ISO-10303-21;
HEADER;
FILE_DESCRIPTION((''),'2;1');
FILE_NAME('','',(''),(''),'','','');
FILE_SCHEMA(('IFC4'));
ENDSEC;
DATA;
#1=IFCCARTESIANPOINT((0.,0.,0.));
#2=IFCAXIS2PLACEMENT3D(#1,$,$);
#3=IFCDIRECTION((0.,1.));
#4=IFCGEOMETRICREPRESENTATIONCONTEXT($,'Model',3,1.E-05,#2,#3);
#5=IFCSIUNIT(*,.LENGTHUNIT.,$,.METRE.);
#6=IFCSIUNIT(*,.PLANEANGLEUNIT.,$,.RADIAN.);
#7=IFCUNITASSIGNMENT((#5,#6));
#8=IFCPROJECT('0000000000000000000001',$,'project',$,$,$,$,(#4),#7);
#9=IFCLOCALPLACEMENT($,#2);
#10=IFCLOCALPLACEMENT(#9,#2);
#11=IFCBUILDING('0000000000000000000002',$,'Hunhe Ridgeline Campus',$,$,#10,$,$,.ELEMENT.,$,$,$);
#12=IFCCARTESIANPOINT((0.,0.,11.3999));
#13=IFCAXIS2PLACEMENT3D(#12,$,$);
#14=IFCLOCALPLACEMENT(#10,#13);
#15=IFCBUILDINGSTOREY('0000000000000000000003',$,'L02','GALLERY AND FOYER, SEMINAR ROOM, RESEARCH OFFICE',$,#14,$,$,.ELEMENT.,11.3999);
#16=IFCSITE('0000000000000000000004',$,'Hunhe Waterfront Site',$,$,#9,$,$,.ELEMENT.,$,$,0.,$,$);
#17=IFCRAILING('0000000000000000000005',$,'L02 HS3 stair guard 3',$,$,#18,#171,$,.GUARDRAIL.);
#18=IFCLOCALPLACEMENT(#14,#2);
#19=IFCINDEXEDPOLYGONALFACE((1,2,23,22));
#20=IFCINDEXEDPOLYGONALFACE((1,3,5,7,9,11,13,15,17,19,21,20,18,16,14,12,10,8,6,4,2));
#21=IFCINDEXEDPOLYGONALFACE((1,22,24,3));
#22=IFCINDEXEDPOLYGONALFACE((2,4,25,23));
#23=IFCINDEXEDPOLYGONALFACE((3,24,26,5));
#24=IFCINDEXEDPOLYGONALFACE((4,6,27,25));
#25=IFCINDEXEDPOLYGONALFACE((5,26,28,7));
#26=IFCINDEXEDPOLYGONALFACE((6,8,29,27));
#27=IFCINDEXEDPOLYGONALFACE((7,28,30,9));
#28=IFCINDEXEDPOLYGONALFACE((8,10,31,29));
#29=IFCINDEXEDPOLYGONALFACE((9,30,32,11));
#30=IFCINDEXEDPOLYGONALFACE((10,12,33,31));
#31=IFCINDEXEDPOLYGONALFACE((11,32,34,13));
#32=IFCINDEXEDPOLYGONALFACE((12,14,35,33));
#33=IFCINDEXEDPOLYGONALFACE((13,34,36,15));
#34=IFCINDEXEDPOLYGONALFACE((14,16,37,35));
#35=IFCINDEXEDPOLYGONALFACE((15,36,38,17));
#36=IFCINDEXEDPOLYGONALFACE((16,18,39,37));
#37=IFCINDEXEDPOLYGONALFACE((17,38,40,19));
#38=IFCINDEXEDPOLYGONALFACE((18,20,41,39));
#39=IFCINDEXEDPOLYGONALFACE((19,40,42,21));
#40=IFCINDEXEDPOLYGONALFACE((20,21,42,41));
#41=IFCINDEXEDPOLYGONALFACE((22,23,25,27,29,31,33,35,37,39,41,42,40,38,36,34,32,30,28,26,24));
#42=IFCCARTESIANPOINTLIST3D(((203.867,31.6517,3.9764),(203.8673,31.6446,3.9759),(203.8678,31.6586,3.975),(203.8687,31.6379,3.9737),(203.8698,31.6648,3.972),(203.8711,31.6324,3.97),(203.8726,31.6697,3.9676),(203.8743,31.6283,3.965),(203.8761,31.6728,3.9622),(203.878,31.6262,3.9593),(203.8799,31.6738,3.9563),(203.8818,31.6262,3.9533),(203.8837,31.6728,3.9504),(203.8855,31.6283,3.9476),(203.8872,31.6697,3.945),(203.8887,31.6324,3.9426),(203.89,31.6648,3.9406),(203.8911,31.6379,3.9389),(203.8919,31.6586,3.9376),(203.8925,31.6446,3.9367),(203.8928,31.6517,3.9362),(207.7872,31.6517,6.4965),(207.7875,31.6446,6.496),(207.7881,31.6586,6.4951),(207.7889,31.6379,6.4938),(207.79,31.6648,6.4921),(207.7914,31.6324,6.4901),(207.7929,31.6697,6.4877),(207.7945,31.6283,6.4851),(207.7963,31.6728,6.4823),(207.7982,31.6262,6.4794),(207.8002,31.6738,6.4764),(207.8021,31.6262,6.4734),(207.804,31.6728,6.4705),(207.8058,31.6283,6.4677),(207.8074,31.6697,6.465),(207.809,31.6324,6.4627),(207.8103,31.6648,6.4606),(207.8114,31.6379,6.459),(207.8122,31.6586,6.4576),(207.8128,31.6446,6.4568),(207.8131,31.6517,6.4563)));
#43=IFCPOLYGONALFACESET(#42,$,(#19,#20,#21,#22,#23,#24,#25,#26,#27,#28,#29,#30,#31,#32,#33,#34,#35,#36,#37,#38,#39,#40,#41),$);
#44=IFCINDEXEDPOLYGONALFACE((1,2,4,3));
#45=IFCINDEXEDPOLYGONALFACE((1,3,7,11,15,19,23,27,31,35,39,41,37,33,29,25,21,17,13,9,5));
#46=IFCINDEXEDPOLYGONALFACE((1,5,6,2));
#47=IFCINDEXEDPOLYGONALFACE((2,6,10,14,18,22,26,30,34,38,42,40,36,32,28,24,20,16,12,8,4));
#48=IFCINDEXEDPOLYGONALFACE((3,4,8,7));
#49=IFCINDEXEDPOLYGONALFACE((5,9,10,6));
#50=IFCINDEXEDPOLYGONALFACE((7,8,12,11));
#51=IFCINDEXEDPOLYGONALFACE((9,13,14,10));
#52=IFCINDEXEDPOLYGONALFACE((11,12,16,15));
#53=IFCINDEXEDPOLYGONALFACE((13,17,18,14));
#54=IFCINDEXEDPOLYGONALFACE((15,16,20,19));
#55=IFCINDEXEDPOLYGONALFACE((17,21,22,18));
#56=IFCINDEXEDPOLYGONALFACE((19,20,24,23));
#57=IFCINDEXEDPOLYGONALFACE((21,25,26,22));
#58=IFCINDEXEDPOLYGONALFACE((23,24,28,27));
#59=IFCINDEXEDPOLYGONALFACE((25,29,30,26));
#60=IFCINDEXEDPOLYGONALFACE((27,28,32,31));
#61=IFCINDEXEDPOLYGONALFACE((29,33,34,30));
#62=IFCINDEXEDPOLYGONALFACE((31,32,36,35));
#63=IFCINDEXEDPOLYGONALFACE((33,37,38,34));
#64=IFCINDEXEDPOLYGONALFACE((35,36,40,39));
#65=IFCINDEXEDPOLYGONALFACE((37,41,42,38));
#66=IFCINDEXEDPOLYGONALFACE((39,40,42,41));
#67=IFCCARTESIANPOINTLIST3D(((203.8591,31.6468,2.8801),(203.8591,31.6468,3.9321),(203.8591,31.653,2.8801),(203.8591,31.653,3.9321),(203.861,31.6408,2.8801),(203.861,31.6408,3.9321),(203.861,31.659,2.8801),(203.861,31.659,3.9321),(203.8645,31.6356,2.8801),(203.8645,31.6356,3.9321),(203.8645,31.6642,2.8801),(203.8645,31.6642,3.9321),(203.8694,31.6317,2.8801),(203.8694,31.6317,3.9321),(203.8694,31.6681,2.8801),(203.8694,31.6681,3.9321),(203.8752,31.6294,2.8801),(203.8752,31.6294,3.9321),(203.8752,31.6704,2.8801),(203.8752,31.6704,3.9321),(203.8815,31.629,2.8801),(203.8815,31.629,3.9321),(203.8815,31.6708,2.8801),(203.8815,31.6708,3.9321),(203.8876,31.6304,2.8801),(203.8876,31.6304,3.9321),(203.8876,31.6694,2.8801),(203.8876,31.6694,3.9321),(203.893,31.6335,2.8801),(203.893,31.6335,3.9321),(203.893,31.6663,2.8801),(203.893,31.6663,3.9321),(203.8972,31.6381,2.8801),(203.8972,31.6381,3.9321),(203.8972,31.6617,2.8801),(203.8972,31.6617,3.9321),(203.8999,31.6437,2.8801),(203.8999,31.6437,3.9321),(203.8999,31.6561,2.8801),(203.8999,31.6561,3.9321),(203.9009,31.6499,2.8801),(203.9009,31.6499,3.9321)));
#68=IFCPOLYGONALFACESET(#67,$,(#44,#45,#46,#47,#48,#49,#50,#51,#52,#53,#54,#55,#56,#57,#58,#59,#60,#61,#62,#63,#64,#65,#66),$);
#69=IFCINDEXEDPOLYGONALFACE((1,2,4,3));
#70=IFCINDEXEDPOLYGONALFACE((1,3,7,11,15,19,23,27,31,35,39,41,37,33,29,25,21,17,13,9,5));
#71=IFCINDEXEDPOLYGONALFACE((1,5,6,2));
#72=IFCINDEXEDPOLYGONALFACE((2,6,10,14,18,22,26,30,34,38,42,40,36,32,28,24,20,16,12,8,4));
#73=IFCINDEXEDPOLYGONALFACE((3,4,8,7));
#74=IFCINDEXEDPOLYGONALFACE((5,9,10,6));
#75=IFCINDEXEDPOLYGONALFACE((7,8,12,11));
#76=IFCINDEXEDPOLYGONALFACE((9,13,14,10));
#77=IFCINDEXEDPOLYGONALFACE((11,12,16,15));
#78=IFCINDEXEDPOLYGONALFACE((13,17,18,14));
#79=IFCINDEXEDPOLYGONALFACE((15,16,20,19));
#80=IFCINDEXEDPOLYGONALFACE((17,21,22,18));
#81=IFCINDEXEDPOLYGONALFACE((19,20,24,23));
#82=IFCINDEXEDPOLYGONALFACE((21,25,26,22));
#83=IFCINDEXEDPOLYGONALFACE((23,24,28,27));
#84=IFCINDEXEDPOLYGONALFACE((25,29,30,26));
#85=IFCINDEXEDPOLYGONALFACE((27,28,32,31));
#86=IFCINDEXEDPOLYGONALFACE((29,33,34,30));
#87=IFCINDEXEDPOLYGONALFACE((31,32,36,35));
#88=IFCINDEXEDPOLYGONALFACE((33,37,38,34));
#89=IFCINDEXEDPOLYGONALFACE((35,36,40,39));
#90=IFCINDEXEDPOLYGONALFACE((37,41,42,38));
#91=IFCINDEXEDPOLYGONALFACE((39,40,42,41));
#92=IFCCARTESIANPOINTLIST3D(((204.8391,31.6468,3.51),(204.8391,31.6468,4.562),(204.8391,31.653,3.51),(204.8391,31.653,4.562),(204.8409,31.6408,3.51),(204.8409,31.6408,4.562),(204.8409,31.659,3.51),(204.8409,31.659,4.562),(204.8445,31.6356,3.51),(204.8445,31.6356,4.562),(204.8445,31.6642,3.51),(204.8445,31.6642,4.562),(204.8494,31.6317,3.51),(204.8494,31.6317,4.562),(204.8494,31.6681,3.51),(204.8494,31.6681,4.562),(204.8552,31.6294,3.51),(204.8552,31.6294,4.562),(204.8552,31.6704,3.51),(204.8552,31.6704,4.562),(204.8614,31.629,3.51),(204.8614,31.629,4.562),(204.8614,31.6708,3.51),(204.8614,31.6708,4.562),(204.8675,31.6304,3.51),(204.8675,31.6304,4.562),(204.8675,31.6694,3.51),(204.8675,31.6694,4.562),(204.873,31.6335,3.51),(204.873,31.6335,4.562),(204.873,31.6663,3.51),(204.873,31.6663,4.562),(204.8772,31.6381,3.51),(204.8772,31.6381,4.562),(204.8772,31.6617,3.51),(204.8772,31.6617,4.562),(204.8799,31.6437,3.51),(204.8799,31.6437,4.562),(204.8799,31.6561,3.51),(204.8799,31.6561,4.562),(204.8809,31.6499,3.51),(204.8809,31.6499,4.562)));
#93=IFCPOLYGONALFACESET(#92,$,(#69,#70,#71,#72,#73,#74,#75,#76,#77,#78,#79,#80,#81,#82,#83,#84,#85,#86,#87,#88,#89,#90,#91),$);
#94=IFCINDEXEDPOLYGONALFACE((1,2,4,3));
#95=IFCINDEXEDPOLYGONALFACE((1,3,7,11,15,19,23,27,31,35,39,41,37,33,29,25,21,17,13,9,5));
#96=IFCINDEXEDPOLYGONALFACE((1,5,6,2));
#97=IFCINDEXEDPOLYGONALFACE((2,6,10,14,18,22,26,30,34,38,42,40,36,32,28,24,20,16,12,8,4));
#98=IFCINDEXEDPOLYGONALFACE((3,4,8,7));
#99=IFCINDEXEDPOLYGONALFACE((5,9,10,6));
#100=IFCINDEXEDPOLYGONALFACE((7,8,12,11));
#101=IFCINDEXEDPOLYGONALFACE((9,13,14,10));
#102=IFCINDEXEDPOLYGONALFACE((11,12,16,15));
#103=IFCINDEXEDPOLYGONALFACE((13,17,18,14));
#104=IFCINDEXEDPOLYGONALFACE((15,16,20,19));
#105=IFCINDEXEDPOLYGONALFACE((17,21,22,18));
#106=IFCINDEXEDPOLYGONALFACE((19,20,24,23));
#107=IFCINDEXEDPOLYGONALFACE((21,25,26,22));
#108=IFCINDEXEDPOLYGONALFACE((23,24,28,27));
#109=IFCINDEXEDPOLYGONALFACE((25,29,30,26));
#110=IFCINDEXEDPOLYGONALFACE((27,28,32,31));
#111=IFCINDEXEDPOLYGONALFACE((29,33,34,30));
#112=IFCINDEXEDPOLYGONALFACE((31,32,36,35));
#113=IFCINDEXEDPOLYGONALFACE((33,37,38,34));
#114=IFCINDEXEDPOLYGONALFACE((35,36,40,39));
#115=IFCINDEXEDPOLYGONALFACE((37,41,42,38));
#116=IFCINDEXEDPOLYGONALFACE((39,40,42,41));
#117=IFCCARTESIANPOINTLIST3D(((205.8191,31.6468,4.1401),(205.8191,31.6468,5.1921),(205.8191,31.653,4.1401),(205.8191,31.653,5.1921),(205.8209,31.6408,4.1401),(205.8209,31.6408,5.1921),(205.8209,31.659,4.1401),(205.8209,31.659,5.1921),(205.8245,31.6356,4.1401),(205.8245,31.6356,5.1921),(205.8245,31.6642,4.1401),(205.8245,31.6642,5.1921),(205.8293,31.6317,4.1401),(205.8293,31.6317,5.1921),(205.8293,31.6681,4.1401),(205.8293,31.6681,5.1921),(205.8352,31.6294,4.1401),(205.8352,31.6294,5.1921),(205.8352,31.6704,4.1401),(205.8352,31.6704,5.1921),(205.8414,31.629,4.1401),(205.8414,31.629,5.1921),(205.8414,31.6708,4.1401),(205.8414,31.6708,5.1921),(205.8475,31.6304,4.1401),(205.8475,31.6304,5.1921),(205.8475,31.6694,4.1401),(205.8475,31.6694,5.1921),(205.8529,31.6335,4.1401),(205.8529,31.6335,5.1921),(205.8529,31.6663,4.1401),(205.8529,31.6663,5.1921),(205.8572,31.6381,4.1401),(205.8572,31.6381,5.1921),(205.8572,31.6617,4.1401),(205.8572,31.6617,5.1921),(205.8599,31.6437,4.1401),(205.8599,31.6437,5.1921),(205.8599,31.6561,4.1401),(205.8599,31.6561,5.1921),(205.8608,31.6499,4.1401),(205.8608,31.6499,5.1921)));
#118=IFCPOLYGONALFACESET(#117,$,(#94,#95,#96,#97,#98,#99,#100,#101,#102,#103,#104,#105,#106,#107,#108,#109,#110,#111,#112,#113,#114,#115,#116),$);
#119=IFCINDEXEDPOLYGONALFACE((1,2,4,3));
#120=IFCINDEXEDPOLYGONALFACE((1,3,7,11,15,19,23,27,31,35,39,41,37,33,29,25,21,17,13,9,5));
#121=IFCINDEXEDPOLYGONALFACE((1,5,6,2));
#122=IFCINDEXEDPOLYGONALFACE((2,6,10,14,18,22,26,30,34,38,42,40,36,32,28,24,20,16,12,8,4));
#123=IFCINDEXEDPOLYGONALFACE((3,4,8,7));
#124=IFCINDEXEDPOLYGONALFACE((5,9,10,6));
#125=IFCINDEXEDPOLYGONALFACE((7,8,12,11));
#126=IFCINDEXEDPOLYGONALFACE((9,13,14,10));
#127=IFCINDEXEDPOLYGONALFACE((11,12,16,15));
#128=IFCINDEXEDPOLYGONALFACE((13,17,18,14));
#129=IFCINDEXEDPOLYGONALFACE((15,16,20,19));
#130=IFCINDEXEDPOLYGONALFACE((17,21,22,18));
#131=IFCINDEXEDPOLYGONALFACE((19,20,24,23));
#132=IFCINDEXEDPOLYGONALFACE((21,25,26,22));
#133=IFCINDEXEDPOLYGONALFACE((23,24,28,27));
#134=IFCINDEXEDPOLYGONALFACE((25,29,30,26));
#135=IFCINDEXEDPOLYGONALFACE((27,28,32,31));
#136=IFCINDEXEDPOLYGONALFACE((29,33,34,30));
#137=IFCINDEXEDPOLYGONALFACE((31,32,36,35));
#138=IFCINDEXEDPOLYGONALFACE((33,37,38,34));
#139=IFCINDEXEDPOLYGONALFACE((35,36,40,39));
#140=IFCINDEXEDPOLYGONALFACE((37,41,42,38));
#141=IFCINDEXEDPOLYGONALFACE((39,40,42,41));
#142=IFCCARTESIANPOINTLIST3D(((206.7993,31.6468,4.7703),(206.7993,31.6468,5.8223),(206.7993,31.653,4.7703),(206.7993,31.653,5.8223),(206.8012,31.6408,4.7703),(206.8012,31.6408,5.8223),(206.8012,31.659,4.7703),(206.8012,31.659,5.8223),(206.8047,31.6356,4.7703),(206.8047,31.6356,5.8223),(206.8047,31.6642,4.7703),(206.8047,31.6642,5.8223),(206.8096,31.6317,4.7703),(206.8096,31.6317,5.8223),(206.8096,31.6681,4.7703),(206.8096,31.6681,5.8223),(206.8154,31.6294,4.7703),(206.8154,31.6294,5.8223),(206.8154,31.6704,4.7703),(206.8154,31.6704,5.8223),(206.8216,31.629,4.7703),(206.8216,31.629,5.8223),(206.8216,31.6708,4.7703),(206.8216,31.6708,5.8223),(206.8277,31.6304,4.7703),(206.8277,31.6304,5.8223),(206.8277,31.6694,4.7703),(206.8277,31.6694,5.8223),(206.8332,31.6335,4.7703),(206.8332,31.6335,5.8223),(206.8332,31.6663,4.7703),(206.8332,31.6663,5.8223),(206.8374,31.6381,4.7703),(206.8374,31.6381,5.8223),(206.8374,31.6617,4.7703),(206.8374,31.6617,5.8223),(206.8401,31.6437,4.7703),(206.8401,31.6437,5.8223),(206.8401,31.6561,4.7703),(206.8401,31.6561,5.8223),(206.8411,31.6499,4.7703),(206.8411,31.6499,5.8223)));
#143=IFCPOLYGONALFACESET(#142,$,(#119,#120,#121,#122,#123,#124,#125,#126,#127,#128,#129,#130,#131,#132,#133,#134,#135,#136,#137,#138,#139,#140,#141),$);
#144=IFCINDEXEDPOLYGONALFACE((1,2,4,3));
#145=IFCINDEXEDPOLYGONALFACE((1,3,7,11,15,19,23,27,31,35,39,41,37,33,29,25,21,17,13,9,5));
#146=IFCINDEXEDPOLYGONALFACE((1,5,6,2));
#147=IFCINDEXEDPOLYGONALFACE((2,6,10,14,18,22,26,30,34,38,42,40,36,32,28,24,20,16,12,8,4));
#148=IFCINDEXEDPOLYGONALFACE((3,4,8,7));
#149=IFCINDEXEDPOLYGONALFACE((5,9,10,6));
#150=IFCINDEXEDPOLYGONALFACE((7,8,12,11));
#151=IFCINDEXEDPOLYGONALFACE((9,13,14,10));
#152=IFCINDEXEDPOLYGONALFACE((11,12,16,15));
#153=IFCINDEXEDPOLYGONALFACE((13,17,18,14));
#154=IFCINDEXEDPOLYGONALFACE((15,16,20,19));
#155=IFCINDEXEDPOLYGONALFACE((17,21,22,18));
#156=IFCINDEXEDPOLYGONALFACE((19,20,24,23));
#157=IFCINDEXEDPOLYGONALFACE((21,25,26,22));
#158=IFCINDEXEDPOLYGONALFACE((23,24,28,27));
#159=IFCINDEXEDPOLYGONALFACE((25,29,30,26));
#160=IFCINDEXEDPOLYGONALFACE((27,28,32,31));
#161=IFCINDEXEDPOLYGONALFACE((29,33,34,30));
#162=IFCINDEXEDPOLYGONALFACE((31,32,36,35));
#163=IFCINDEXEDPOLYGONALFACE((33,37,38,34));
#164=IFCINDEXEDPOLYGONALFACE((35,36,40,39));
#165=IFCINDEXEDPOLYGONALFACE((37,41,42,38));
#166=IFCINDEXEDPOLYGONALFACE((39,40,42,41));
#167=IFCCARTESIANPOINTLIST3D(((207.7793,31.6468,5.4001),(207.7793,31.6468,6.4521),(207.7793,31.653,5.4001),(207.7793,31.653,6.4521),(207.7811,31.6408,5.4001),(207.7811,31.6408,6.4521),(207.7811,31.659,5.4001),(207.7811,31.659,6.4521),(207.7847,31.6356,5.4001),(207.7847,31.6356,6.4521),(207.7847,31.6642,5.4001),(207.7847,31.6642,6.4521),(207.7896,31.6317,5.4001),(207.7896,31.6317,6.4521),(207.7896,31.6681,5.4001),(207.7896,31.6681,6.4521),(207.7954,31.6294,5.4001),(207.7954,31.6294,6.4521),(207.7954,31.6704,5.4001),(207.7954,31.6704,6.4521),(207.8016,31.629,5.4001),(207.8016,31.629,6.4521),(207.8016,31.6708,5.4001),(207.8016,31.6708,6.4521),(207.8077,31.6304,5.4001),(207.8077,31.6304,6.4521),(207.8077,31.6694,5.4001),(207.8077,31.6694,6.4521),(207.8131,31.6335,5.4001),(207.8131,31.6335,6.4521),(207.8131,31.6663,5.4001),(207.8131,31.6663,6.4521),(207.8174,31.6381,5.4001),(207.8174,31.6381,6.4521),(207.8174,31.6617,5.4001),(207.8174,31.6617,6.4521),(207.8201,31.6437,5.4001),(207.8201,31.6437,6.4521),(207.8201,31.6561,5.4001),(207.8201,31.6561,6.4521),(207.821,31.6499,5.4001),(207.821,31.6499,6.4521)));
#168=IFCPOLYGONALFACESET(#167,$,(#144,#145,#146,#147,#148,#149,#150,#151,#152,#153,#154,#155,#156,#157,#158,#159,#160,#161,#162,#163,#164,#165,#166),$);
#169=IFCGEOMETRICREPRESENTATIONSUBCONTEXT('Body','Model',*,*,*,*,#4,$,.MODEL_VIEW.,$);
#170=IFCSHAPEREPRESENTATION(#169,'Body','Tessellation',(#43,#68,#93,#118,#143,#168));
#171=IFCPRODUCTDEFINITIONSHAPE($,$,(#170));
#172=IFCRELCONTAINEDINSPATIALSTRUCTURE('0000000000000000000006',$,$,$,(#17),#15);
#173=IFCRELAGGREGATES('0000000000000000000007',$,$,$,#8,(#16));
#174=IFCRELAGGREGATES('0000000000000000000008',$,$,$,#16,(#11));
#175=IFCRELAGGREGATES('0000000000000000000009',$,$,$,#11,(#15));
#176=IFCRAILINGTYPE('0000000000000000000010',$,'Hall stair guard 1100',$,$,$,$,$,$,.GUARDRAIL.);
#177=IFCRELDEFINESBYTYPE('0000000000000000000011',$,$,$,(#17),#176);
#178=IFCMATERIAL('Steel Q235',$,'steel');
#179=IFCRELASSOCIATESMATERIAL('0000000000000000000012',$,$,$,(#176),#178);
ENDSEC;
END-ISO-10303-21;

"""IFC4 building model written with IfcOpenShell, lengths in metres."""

from ifc_helpers import new_model, si_unit, direction, frame, origin, origin_2d, place, context, subcontext, project, spatial, circle, extrude, material, type_object, element, save


model = new_model("IFC4")

# Units and contexts
model_context = context("Model", 3, precision=1e-05, world=origin(), true_north=direction((0.0, 1.0)))
body_context = subcontext(model_context, "Body", "Model", "MODEL_VIEW")
ifc_project = project(units=[si_unit("LENGTHUNIT", "METRE"), si_unit("PLANEANGLEUNIT", "RADIAN")], contexts=[model_context])

# Site, building, storey
site_placement = place(None, origin())
site = spatial("IfcSite", under=ifc_project, at=site_placement, Name="Hunhe Waterfront Site", CompositionType="ELEMENT", RefElevation=0.0)
building_placement = place(site_placement, origin())
building = spatial("IfcBuilding", under=site, at=building_placement, Name="Hunhe Ridgeline Campus", CompositionType="ELEMENT")
storey_placement = place(building_placement, frame((0.0, 0.0, 11.3999)))
storey = spatial("IfcBuildingStorey", under=building, at=storey_placement, Name="L02", Description="GALLERY AND FOYER, SEMINAR ROOM, RESEARCH OFFICE", CompositionType="ELEMENT", Elevation=11.3999)

# Shared definitions
ifc_material_1 = material(Name="Steel Q235", Category="steel")

# Railing
railing_type_1 = type_object("IfcRailingType", Name="Hall stair guard 1100", PredefinedType="GUARDRAIL", material=ifc_material_1)
railing_1_placement = place(storey_placement, frame((203.8799, 31.6499, 2.8801)))
element("IfcRailing", 1, at=railing_1_placement, inside=storey, type_object=railing_type_1, Name="L02 HS3 stair guard 3", PredefinedType="GUARDRAIL", context=body_context, shape_type="SweptSolid", body=[
    extrude(circle(Radius=0.0239, at=origin_2d()), frame((0.0, 0.0, 1.0762), z_axis=(0.841187, 0.0, 0.540744), x_axis=(0.0, 1.0, 0.0)), (0.0, 0.0, 1.0), 4.6604),
    extrude(circle(Radius=0.021, at=origin_2d()), origin(), (0.0, 0.0, 1.0), 1.052),
    extrude(circle(Radius=0.021, at=origin_2d()), frame((0.98, 0.0, 0.6299)), (0.0, 0.0, 1.0), 1.052),
    extrude(circle(Radius=0.021, at=origin_2d()), frame((1.96, 0.0, 1.26)), (0.0, 0.0, 1.0), 1.052),
    extrude(circle(Radius=0.021, at=origin_2d()), frame((2.9402, 0.0, 1.8901)), (0.0, 0.0, 1.0), 1.052),
    extrude(circle(Radius=0.021, at=origin_2d()), frame((3.9202, 0.0, 2.52)), (0.0, 0.0, 1.0), 1.052),
])

save(model, "model.ifc")
